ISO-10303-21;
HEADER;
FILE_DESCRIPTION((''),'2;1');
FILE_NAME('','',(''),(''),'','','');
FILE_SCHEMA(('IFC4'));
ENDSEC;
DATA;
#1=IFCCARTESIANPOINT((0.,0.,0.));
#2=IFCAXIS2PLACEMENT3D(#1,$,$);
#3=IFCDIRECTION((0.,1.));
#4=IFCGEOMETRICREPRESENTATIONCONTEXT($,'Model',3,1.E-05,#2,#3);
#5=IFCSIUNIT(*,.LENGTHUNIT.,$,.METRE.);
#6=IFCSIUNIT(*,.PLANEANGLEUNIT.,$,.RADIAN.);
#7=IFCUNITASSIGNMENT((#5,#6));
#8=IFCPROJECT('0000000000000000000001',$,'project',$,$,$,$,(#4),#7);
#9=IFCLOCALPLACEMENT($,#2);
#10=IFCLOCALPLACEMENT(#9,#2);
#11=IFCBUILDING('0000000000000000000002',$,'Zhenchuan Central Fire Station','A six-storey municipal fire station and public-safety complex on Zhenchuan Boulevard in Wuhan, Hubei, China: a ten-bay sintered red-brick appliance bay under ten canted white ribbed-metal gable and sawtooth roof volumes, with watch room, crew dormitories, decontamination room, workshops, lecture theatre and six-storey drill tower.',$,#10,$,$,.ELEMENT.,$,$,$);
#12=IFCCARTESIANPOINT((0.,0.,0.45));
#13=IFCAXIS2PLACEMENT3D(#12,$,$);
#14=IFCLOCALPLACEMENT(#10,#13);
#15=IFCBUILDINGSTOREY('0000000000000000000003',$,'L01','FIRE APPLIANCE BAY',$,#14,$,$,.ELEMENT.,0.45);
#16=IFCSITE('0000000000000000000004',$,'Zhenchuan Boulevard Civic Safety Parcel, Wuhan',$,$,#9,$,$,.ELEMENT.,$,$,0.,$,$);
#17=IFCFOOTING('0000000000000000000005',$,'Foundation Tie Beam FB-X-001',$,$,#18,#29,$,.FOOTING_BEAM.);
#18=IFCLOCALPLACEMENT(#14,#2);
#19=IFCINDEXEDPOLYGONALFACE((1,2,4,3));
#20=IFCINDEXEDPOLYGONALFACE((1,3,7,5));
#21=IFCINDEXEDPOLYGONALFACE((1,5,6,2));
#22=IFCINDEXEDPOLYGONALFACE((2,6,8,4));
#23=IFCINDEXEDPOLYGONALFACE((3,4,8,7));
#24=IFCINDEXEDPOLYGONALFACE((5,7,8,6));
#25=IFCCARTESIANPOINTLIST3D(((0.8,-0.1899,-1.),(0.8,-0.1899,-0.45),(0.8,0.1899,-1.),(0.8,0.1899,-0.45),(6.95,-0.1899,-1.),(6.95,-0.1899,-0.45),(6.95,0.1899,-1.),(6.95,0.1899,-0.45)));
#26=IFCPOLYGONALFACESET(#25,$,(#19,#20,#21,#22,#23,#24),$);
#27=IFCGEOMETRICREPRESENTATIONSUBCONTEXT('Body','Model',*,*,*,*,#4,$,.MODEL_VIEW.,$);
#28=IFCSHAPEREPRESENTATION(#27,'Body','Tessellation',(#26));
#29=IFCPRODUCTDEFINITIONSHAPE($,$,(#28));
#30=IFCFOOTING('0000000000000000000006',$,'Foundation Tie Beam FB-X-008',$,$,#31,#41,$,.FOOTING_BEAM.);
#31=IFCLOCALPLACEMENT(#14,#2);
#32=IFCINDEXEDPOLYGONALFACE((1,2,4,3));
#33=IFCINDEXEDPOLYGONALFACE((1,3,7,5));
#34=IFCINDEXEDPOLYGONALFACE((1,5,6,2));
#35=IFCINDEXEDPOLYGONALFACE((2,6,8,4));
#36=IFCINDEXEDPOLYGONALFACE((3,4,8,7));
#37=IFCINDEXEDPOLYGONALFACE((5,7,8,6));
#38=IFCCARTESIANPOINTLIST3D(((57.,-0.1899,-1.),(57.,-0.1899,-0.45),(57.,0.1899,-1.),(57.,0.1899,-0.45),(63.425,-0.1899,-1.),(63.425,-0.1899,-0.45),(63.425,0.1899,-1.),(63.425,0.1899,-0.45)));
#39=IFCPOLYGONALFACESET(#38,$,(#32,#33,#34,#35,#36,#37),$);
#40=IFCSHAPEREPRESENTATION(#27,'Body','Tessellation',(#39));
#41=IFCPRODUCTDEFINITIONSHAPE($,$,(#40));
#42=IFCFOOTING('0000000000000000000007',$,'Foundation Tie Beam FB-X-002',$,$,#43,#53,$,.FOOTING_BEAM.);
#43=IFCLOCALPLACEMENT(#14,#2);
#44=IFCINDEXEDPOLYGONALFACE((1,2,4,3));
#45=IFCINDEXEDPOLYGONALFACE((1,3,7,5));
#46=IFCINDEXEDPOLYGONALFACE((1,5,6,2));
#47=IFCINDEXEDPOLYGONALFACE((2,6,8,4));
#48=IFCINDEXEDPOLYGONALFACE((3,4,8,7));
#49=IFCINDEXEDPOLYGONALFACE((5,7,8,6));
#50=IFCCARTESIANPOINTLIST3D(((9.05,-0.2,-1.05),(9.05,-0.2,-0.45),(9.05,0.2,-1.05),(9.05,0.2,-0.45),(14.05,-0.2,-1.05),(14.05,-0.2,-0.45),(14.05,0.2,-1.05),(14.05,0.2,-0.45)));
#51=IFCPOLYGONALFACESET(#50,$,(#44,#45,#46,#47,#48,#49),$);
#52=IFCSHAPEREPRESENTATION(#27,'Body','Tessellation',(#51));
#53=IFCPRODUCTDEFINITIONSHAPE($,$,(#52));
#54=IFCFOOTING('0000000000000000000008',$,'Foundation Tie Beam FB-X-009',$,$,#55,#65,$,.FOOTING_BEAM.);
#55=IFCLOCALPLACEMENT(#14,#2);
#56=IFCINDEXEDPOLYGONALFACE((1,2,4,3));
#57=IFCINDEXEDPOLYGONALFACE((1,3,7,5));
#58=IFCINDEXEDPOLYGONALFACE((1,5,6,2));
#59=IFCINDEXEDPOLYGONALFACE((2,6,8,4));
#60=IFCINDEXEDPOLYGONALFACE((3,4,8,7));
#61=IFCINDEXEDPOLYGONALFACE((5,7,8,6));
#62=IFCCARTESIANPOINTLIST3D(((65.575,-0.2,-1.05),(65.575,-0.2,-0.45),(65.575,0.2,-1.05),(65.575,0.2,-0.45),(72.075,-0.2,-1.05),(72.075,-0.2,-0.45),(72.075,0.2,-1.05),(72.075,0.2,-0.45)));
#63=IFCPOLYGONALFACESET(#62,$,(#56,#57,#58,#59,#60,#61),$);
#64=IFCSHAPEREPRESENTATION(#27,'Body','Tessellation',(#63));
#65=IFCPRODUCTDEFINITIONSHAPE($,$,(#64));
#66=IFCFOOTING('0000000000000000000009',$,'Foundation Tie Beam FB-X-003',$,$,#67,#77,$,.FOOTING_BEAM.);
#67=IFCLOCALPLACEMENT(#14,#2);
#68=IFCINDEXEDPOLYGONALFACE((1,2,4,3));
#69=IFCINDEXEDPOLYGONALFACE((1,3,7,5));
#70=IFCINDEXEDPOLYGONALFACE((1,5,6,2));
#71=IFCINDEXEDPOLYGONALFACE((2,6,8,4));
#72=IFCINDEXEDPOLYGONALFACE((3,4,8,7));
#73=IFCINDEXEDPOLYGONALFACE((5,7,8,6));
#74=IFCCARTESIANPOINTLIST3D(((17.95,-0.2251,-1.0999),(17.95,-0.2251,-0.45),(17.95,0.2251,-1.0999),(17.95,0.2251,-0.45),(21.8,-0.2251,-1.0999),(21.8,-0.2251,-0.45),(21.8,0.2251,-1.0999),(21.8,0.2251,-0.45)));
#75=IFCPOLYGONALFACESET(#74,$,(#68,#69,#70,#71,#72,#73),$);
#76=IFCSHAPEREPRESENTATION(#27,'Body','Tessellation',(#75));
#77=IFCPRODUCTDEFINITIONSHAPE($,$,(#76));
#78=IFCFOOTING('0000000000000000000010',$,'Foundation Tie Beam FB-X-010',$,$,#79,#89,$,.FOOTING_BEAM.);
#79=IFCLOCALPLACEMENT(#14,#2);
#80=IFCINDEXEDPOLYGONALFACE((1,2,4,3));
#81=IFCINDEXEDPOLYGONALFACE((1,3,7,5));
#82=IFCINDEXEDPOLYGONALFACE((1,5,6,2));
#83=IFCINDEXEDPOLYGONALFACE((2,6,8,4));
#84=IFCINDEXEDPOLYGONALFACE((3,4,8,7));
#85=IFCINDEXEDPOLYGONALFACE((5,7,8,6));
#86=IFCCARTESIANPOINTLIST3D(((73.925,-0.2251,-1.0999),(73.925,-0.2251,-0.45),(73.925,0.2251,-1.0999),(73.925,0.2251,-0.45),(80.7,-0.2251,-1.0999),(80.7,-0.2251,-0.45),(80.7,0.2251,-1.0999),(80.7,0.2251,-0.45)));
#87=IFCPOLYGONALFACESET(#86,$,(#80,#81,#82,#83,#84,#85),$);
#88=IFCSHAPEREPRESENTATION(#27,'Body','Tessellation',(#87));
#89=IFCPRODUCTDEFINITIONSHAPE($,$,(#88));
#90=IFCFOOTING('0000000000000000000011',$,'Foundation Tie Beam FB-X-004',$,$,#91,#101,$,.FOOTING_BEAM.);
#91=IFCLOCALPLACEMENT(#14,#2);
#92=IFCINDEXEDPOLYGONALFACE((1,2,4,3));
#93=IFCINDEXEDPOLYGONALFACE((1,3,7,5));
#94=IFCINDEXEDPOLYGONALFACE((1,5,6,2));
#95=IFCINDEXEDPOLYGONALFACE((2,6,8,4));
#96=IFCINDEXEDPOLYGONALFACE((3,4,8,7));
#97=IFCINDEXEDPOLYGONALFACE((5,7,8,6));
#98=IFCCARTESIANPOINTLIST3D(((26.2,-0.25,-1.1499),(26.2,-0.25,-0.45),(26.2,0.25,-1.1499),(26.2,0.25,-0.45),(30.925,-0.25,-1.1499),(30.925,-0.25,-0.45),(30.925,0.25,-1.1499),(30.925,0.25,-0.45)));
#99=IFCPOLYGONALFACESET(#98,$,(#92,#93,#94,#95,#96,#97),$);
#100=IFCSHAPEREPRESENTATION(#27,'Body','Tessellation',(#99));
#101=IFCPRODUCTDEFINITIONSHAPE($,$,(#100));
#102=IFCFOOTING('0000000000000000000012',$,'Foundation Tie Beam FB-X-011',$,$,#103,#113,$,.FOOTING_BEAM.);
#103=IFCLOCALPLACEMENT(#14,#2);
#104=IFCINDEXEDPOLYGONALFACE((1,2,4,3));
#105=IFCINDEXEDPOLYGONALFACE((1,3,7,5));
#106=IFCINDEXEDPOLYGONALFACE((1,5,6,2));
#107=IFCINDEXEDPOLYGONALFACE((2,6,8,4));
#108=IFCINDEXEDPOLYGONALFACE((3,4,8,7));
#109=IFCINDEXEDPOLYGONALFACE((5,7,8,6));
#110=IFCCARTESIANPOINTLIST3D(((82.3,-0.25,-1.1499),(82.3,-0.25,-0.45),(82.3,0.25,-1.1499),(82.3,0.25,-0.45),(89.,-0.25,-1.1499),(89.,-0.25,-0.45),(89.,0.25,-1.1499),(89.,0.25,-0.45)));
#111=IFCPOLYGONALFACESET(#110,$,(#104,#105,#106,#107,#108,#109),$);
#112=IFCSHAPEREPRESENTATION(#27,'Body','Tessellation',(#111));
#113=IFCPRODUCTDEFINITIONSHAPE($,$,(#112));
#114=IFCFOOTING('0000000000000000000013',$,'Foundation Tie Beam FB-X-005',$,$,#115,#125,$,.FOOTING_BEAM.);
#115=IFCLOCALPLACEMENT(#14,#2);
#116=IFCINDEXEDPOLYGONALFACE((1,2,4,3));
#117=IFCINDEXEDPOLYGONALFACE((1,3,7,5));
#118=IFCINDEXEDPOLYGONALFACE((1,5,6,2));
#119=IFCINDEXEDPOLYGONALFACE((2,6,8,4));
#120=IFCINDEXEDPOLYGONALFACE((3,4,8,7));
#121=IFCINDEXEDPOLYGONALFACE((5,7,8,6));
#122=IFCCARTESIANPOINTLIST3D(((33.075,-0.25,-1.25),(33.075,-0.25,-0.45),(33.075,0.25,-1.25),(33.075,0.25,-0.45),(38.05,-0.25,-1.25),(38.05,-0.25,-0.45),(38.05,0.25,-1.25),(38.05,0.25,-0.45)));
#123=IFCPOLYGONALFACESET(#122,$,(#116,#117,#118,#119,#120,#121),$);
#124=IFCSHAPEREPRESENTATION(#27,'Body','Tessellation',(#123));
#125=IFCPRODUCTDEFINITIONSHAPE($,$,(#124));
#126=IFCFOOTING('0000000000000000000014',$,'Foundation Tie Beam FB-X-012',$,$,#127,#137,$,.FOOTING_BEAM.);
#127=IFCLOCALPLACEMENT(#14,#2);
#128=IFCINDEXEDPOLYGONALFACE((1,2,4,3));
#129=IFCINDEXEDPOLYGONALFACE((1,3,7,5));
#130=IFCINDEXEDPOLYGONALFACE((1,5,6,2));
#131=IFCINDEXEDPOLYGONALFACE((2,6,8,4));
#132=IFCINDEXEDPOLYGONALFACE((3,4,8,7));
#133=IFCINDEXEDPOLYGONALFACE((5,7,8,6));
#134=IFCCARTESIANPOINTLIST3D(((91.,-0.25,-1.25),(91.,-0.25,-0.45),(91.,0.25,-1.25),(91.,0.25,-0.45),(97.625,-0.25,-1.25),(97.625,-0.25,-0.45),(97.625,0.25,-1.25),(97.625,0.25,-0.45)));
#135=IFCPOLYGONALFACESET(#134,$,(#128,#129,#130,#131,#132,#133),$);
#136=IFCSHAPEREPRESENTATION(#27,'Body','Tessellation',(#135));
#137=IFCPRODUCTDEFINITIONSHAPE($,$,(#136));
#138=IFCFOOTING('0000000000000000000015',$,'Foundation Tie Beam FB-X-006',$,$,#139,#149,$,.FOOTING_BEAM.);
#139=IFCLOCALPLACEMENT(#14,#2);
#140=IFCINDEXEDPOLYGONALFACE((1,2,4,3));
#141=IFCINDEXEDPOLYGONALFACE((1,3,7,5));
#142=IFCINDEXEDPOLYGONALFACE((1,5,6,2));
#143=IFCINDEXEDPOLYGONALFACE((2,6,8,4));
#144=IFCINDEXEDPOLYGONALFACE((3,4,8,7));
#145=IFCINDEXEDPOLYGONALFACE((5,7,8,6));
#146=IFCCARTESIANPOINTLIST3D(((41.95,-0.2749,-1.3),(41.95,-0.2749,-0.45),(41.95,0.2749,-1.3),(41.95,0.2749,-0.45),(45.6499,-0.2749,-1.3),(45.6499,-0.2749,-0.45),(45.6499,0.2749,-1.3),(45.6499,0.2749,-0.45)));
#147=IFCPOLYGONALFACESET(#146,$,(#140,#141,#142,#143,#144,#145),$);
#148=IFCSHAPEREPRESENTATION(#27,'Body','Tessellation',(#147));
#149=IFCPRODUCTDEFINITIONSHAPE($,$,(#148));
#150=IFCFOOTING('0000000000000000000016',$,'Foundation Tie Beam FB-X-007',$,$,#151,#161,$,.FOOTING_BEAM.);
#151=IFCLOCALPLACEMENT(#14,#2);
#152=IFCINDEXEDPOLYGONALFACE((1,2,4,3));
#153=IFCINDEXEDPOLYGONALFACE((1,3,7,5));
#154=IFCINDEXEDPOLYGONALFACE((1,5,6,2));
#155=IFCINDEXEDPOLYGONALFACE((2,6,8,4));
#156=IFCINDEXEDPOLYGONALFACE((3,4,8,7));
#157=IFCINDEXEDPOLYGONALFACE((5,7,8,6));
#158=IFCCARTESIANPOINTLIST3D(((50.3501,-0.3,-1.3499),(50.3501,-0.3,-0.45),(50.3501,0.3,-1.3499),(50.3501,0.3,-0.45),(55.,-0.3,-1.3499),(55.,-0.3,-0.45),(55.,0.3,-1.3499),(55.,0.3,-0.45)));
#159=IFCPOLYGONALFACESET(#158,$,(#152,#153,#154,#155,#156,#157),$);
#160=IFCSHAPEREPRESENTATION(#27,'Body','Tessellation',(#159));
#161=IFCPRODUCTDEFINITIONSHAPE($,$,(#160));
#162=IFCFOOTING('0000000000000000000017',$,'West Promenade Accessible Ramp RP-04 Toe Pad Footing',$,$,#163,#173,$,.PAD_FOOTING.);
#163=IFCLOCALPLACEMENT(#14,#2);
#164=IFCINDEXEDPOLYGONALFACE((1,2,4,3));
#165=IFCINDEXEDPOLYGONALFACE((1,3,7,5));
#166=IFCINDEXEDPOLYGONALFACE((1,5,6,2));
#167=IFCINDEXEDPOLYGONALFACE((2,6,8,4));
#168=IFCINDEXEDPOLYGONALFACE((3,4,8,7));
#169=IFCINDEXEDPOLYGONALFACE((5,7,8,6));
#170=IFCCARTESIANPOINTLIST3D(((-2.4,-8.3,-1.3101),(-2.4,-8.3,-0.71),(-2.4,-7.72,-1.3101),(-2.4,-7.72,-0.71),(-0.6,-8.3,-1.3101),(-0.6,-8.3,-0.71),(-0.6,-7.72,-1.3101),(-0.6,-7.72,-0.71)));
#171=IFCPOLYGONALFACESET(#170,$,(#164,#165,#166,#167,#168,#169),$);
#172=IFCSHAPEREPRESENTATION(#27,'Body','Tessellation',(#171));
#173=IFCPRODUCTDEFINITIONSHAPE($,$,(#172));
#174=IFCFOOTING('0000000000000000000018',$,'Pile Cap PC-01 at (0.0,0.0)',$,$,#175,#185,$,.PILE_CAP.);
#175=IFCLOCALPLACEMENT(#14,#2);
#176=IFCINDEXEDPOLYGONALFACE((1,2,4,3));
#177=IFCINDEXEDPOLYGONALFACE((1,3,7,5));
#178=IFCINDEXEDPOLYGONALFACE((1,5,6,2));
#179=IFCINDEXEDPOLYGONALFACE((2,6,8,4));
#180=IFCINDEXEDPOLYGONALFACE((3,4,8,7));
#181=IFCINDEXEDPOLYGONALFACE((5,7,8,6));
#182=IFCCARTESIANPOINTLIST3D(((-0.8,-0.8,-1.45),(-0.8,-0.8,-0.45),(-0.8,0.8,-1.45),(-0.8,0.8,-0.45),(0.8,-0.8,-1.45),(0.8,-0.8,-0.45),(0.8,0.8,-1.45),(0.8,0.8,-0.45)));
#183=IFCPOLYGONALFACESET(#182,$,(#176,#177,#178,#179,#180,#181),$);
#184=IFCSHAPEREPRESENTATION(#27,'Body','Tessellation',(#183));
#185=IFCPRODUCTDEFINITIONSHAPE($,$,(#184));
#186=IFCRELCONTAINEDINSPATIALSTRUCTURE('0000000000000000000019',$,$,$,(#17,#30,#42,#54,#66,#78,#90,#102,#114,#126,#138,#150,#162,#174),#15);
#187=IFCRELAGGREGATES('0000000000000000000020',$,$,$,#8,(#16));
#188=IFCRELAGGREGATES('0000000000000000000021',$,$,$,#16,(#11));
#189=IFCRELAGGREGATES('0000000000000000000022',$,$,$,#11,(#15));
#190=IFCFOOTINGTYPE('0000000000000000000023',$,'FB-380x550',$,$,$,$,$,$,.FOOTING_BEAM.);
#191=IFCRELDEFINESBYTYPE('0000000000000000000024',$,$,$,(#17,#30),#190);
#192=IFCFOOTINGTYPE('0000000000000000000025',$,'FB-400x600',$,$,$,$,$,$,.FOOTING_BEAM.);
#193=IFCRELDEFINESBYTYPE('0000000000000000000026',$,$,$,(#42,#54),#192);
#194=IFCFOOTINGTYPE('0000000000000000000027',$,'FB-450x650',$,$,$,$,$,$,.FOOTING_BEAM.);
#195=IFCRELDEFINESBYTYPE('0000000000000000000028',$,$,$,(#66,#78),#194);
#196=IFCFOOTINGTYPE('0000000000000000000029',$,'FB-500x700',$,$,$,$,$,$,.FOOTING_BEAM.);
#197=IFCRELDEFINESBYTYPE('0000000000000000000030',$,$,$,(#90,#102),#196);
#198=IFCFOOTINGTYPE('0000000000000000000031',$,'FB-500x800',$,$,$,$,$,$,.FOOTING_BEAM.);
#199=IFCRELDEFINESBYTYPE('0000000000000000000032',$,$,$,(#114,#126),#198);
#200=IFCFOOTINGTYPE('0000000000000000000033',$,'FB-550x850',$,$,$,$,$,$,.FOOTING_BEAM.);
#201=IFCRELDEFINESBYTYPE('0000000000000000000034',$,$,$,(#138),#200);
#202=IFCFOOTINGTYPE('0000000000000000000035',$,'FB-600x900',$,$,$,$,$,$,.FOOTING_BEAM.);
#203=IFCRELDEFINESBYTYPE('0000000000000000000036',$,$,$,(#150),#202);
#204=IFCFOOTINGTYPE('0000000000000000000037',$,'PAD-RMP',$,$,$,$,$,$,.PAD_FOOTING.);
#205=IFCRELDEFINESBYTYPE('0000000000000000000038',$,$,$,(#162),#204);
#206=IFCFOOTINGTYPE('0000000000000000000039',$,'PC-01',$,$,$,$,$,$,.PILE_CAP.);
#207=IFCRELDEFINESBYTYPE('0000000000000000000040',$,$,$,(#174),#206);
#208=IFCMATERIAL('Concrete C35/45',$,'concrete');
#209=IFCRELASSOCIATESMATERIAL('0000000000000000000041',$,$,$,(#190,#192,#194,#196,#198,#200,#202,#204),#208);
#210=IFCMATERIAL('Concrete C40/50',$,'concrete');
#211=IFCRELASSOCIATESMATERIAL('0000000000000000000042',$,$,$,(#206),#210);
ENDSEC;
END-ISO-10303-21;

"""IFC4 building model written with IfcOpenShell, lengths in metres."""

from ifc_helpers import new_model, si_unit, direction, frame, origin, origin_2d, place, context, subcontext, project, spatial, polyline, rectangle, outline, extrude, material, type_object, element, save


model = new_model("IFC4")

# Units and contexts
model_context = context("Model", 3, precision=1e-05, world=origin(), true_north=direction((0.0, 1.0)))
body_context = subcontext(model_context, "Body", "Model", "MODEL_VIEW")
ifc_project = project(units=[si_unit("LENGTHUNIT", "METRE"), si_unit("PLANEANGLEUNIT", "RADIAN")], contexts=[model_context])

# Site, building, storey
site_placement = place(None, origin())
site = spatial("IfcSite", under=ifc_project, at=site_placement, Name="Zhenchuan Boulevard Civic Safety Parcel, Wuhan", CompositionType="ELEMENT", RefElevation=0.0)
building_placement = place(site_placement, origin())
building = spatial("IfcBuilding", under=site, at=building_placement, Name="Zhenchuan Central Fire Station", Description="A six-storey municipal fire station and public-safety complex on Zhenchuan Boulevard in Wuhan, Hubei, China: a ten-bay sintered red-brick appliance bay under ten canted white ribbed-metal gable and sawtooth roof volumes, with watch room, crew dormitories, decontamination room, workshops, lecture theatre and six-storey drill tower.", CompositionType="ELEMENT")
storey_placement = place(building_placement, frame((0.0, 0.0, 0.45)))
storey = spatial("IfcBuildingStorey", under=building, at=storey_placement, Name="L01", Description="FIRE APPLIANCE BAY", CompositionType="ELEMENT", Elevation=0.45)

# Footings
ifc_material_1 = material(Name="Concrete C35/45", Category="concrete")
footing_type_1 = type_object("IfcFootingType", Name="FB-380x550", PredefinedType="FOOTING_BEAM", material=ifc_material_1)
footing_1_placement = place(storey_placement, frame((0.0, 0.0, -1.0)))
element("IfcFooting", 1, at=footing_1_placement, inside=storey, type_object=footing_type_1, Name="Foundation Tie Beam FB-X-001", PredefinedType="FOOTING_BEAM", context=body_context, shape_type="SweptSolid", body=[
    extrude(outline(polyline([(0.8, -0.1899), (6.95, -0.1899), (6.95, 0.1899), (0.8, 0.1899), (0.8, -0.1899)])), origin(), (0.0, 0.0, 1.0), 0.55),
])
footing_2_placement = place(storey_placement, frame((0.0, 0.0, -1.0)))
element("IfcFooting", 2, at=footing_2_placement, inside=storey, type_object=footing_type_1, Name="Foundation Tie Beam FB-X-008", PredefinedType="FOOTING_BEAM", context=body_context, shape_type="SweptSolid", body=[
    extrude(outline(polyline([(57.0, -0.1899), (63.425, -0.1899), (63.425, 0.1899), (57.0, 0.1899), (57.0, -0.1899)])), origin(), (0.0, 0.0, 1.0), 0.55),
])
footing_type_2 = type_object("IfcFootingType", Name="FB-400x600", PredefinedType="FOOTING_BEAM", material=ifc_material_1)
footing_3_placement = place(storey_placement, frame((0.0, 0.0, -1.05)))
element("IfcFooting", 3, at=footing_3_placement, inside=storey, type_object=footing_type_2, Name="Foundation Tie Beam FB-X-002", PredefinedType="FOOTING_BEAM", context=body_context, shape_type="SweptSolid", body=[
    extrude(outline(polyline([(9.05, -0.2), (14.05, -0.2), (14.05, 0.2), (9.05, 0.2), (9.05, -0.2)])), origin(), (0.0, 0.0, 1.0), 0.6001),
])
footing_4_placement = place(storey_placement, frame((0.0, 0.0, -1.05)))
element("IfcFooting", 4, at=footing_4_placement, inside=storey, type_object=footing_type_2, Name="Foundation Tie Beam FB-X-009", PredefinedType="FOOTING_BEAM", context=body_context, shape_type="SweptSolid", body=[
    extrude(outline(polyline([(65.575, -0.2), (72.075, -0.2), (72.075, 0.2), (65.575, 0.2), (65.575, -0.2)])), origin(), (0.0, 0.0, 1.0), 0.6001),
])
footing_type_3 = type_object("IfcFootingType", Name="FB-450x650", PredefinedType="FOOTING_BEAM", material=ifc_material_1)
footing_5_placement = place(storey_placement, frame((0.0, 0.0, -1.0999)))
element("IfcFooting", 5, at=footing_5_placement, inside=storey, type_object=footing_type_3, Name="Foundation Tie Beam FB-X-003", PredefinedType="FOOTING_BEAM", context=body_context, shape_type="SweptSolid", body=[
    extrude(outline(polyline([(17.95, -0.2251), (21.8, -0.2251), (21.8, 0.2251), (17.95, 0.2251), (17.95, -0.2251)])), origin(), (0.0, 0.0, 1.0), 0.6499),
])
footing_6_placement = place(storey_placement, frame((0.0, 0.0, -1.0999)))
element("IfcFooting", 6, at=footing_6_placement, inside=storey, type_object=footing_type_3, Name="Foundation Tie Beam FB-X-010", PredefinedType="FOOTING_BEAM", context=body_context, shape_type="SweptSolid", body=[
    extrude(outline(polyline([(73.925, -0.2251), (80.7, -0.2251), (80.7, 0.2251), (73.925, 0.2251), (73.925, -0.2251)])), origin(), (0.0, 0.0, 1.0), 0.6499),
])
footing_type_4 = type_object("IfcFootingType", Name="FB-500x700", PredefinedType="FOOTING_BEAM", material=ifc_material_1)
footing_7_placement = place(storey_placement, frame((0.0, 0.0, -1.1499)))
element("IfcFooting", 7, at=footing_7_placement, inside=storey, type_object=footing_type_4, Name="Foundation Tie Beam FB-X-004", PredefinedType="FOOTING_BEAM", context=body_context, shape_type="SweptSolid", body=[
    extrude(outline(polyline([(26.2, -0.25), (30.925, -0.25), (30.925, 0.25), (26.2, 0.25), (26.2, -0.25)])), origin(), (0.0, 0.0, 1.0), 0.7),
])
footing_8_placement = place(storey_placement, frame((0.0, 0.0, -1.1499)))
element("IfcFooting", 8, at=footing_8_placement, inside=storey, type_object=footing_type_4, Name="Foundation Tie Beam FB-X-011", PredefinedType="FOOTING_BEAM", context=body_context, shape_type="SweptSolid", body=[
    extrude(outline(polyline([(82.3, -0.25), (89.0, -0.25), (89.0, 0.25), (82.3, 0.25), (82.3, -0.25)])), origin(), (0.0, 0.0, 1.0), 0.7),
])
footing_type_5 = type_object("IfcFootingType", Name="FB-500x800", PredefinedType="FOOTING_BEAM", material=ifc_material_1)
footing_9_placement = place(storey_placement, frame((0.0, 0.0, -1.25)))
element("IfcFooting", 9, at=footing_9_placement, inside=storey, type_object=footing_type_5, Name="Foundation Tie Beam FB-X-005", PredefinedType="FOOTING_BEAM", context=body_context, shape_type="SweptSolid", body=[
    extrude(outline(polyline([(33.075, -0.25), (38.05, -0.25), (38.05, 0.25), (33.075, 0.25), (33.075, -0.25)])), origin(), (0.0, 0.0, 1.0), 0.8),
])
footing_10_placement = place(storey_placement, frame((0.0, 0.0, -1.25)))
element("IfcFooting", 10, at=footing_10_placement, inside=storey, type_object=footing_type_5, Name="Foundation Tie Beam FB-X-012", PredefinedType="FOOTING_BEAM", context=body_context, shape_type="SweptSolid", body=[
    extrude(outline(polyline([(91.0, -0.25), (97.625, -0.25), (97.625, 0.25), (91.0, 0.25), (91.0, -0.25)])), origin(), (0.0, 0.0, 1.0), 0.8),
])
footing_type_6 = type_object("IfcFootingType", Name="FB-550x850", PredefinedType="FOOTING_BEAM", material=ifc_material_1)
footing_11_placement = place(storey_placement, frame((0.0, 0.0, -1.3)))
element("IfcFooting", 11, at=footing_11_placement, inside=storey, type_object=footing_type_6, Name="Foundation Tie Beam FB-X-006", PredefinedType="FOOTING_BEAM", context=body_context, shape_type="SweptSolid", body=[
    extrude(outline(polyline([(41.95, -0.2749), (45.6499, -0.2749), (45.6499, 0.2749), (41.95, 0.2749), (41.95, -0.2749)])), origin(), (0.0, 0.0, 1.0), 0.8501),
])
footing_type_7 = type_object("IfcFootingType", Name="FB-600x900", PredefinedType="FOOTING_BEAM", material=ifc_material_1)
footing_12_placement = place(storey_placement, frame((0.0, 0.0, -1.3499)))
element("IfcFooting", 12, at=footing_12_placement, inside=storey, type_object=footing_type_7, Name="Foundation Tie Beam FB-X-007", PredefinedType="FOOTING_BEAM", context=body_context, shape_type="SweptSolid", body=[
    extrude(outline(polyline([(50.3501, -0.3), (55.0, -0.3), (55.0, 0.3), (50.3501, 0.3), (50.3501, -0.3)])), origin(), (0.0, 0.0, 1.0), 0.8999),
])
footing_type_8 = type_object("IfcFootingType", Name="PAD-RMP", PredefinedType="PAD_FOOTING", material=ifc_material_1)
footing_13_placement = place(storey_placement, frame((-1.5, -8.01, -1.3101), z_axis=(0.0, 0.0, 1.0), x_axis=(1.0, 0.0, 0.0)))
element("IfcFooting", 13, at=footing_13_placement, inside=storey, type_object=footing_type_8, Name="West Promenade Accessible Ramp RP-04 Toe Pad Footing", PredefinedType="PAD_FOOTING", context=body_context, shape_type="SweptSolid", body=[
    extrude(rectangle(XDim=1.8, YDim=0.5801, at=origin_2d()), origin(), (0.0, 0.0, 1.0), 0.6001),
])
ifc_material_2 = material(Name="Concrete C40/50", Category="concrete")
footing_type_9 = type_object("IfcFootingType", Name="PC-01", PredefinedType="PILE_CAP", material=ifc_material_2)
footing_14_placement = place(storey_placement, frame((0.0, 0.0, -1.45), z_axis=(0.0, 0.0, 1.0), x_axis=(1.0, 0.0, 0.0)))
element("IfcFooting", 14, at=footing_14_placement, inside=storey, type_object=footing_type_9, Name="Pile Cap PC-01 at (0.0,0.0)", PredefinedType="PILE_CAP", context=body_context, shape_type="SweptSolid", body=[
    extrude(rectangle(XDim=1.6001, YDim=1.6001, at=origin_2d()), origin(), (0.0, 0.0, 1.0), 1.0),
])

save(model, "model.ifc")
